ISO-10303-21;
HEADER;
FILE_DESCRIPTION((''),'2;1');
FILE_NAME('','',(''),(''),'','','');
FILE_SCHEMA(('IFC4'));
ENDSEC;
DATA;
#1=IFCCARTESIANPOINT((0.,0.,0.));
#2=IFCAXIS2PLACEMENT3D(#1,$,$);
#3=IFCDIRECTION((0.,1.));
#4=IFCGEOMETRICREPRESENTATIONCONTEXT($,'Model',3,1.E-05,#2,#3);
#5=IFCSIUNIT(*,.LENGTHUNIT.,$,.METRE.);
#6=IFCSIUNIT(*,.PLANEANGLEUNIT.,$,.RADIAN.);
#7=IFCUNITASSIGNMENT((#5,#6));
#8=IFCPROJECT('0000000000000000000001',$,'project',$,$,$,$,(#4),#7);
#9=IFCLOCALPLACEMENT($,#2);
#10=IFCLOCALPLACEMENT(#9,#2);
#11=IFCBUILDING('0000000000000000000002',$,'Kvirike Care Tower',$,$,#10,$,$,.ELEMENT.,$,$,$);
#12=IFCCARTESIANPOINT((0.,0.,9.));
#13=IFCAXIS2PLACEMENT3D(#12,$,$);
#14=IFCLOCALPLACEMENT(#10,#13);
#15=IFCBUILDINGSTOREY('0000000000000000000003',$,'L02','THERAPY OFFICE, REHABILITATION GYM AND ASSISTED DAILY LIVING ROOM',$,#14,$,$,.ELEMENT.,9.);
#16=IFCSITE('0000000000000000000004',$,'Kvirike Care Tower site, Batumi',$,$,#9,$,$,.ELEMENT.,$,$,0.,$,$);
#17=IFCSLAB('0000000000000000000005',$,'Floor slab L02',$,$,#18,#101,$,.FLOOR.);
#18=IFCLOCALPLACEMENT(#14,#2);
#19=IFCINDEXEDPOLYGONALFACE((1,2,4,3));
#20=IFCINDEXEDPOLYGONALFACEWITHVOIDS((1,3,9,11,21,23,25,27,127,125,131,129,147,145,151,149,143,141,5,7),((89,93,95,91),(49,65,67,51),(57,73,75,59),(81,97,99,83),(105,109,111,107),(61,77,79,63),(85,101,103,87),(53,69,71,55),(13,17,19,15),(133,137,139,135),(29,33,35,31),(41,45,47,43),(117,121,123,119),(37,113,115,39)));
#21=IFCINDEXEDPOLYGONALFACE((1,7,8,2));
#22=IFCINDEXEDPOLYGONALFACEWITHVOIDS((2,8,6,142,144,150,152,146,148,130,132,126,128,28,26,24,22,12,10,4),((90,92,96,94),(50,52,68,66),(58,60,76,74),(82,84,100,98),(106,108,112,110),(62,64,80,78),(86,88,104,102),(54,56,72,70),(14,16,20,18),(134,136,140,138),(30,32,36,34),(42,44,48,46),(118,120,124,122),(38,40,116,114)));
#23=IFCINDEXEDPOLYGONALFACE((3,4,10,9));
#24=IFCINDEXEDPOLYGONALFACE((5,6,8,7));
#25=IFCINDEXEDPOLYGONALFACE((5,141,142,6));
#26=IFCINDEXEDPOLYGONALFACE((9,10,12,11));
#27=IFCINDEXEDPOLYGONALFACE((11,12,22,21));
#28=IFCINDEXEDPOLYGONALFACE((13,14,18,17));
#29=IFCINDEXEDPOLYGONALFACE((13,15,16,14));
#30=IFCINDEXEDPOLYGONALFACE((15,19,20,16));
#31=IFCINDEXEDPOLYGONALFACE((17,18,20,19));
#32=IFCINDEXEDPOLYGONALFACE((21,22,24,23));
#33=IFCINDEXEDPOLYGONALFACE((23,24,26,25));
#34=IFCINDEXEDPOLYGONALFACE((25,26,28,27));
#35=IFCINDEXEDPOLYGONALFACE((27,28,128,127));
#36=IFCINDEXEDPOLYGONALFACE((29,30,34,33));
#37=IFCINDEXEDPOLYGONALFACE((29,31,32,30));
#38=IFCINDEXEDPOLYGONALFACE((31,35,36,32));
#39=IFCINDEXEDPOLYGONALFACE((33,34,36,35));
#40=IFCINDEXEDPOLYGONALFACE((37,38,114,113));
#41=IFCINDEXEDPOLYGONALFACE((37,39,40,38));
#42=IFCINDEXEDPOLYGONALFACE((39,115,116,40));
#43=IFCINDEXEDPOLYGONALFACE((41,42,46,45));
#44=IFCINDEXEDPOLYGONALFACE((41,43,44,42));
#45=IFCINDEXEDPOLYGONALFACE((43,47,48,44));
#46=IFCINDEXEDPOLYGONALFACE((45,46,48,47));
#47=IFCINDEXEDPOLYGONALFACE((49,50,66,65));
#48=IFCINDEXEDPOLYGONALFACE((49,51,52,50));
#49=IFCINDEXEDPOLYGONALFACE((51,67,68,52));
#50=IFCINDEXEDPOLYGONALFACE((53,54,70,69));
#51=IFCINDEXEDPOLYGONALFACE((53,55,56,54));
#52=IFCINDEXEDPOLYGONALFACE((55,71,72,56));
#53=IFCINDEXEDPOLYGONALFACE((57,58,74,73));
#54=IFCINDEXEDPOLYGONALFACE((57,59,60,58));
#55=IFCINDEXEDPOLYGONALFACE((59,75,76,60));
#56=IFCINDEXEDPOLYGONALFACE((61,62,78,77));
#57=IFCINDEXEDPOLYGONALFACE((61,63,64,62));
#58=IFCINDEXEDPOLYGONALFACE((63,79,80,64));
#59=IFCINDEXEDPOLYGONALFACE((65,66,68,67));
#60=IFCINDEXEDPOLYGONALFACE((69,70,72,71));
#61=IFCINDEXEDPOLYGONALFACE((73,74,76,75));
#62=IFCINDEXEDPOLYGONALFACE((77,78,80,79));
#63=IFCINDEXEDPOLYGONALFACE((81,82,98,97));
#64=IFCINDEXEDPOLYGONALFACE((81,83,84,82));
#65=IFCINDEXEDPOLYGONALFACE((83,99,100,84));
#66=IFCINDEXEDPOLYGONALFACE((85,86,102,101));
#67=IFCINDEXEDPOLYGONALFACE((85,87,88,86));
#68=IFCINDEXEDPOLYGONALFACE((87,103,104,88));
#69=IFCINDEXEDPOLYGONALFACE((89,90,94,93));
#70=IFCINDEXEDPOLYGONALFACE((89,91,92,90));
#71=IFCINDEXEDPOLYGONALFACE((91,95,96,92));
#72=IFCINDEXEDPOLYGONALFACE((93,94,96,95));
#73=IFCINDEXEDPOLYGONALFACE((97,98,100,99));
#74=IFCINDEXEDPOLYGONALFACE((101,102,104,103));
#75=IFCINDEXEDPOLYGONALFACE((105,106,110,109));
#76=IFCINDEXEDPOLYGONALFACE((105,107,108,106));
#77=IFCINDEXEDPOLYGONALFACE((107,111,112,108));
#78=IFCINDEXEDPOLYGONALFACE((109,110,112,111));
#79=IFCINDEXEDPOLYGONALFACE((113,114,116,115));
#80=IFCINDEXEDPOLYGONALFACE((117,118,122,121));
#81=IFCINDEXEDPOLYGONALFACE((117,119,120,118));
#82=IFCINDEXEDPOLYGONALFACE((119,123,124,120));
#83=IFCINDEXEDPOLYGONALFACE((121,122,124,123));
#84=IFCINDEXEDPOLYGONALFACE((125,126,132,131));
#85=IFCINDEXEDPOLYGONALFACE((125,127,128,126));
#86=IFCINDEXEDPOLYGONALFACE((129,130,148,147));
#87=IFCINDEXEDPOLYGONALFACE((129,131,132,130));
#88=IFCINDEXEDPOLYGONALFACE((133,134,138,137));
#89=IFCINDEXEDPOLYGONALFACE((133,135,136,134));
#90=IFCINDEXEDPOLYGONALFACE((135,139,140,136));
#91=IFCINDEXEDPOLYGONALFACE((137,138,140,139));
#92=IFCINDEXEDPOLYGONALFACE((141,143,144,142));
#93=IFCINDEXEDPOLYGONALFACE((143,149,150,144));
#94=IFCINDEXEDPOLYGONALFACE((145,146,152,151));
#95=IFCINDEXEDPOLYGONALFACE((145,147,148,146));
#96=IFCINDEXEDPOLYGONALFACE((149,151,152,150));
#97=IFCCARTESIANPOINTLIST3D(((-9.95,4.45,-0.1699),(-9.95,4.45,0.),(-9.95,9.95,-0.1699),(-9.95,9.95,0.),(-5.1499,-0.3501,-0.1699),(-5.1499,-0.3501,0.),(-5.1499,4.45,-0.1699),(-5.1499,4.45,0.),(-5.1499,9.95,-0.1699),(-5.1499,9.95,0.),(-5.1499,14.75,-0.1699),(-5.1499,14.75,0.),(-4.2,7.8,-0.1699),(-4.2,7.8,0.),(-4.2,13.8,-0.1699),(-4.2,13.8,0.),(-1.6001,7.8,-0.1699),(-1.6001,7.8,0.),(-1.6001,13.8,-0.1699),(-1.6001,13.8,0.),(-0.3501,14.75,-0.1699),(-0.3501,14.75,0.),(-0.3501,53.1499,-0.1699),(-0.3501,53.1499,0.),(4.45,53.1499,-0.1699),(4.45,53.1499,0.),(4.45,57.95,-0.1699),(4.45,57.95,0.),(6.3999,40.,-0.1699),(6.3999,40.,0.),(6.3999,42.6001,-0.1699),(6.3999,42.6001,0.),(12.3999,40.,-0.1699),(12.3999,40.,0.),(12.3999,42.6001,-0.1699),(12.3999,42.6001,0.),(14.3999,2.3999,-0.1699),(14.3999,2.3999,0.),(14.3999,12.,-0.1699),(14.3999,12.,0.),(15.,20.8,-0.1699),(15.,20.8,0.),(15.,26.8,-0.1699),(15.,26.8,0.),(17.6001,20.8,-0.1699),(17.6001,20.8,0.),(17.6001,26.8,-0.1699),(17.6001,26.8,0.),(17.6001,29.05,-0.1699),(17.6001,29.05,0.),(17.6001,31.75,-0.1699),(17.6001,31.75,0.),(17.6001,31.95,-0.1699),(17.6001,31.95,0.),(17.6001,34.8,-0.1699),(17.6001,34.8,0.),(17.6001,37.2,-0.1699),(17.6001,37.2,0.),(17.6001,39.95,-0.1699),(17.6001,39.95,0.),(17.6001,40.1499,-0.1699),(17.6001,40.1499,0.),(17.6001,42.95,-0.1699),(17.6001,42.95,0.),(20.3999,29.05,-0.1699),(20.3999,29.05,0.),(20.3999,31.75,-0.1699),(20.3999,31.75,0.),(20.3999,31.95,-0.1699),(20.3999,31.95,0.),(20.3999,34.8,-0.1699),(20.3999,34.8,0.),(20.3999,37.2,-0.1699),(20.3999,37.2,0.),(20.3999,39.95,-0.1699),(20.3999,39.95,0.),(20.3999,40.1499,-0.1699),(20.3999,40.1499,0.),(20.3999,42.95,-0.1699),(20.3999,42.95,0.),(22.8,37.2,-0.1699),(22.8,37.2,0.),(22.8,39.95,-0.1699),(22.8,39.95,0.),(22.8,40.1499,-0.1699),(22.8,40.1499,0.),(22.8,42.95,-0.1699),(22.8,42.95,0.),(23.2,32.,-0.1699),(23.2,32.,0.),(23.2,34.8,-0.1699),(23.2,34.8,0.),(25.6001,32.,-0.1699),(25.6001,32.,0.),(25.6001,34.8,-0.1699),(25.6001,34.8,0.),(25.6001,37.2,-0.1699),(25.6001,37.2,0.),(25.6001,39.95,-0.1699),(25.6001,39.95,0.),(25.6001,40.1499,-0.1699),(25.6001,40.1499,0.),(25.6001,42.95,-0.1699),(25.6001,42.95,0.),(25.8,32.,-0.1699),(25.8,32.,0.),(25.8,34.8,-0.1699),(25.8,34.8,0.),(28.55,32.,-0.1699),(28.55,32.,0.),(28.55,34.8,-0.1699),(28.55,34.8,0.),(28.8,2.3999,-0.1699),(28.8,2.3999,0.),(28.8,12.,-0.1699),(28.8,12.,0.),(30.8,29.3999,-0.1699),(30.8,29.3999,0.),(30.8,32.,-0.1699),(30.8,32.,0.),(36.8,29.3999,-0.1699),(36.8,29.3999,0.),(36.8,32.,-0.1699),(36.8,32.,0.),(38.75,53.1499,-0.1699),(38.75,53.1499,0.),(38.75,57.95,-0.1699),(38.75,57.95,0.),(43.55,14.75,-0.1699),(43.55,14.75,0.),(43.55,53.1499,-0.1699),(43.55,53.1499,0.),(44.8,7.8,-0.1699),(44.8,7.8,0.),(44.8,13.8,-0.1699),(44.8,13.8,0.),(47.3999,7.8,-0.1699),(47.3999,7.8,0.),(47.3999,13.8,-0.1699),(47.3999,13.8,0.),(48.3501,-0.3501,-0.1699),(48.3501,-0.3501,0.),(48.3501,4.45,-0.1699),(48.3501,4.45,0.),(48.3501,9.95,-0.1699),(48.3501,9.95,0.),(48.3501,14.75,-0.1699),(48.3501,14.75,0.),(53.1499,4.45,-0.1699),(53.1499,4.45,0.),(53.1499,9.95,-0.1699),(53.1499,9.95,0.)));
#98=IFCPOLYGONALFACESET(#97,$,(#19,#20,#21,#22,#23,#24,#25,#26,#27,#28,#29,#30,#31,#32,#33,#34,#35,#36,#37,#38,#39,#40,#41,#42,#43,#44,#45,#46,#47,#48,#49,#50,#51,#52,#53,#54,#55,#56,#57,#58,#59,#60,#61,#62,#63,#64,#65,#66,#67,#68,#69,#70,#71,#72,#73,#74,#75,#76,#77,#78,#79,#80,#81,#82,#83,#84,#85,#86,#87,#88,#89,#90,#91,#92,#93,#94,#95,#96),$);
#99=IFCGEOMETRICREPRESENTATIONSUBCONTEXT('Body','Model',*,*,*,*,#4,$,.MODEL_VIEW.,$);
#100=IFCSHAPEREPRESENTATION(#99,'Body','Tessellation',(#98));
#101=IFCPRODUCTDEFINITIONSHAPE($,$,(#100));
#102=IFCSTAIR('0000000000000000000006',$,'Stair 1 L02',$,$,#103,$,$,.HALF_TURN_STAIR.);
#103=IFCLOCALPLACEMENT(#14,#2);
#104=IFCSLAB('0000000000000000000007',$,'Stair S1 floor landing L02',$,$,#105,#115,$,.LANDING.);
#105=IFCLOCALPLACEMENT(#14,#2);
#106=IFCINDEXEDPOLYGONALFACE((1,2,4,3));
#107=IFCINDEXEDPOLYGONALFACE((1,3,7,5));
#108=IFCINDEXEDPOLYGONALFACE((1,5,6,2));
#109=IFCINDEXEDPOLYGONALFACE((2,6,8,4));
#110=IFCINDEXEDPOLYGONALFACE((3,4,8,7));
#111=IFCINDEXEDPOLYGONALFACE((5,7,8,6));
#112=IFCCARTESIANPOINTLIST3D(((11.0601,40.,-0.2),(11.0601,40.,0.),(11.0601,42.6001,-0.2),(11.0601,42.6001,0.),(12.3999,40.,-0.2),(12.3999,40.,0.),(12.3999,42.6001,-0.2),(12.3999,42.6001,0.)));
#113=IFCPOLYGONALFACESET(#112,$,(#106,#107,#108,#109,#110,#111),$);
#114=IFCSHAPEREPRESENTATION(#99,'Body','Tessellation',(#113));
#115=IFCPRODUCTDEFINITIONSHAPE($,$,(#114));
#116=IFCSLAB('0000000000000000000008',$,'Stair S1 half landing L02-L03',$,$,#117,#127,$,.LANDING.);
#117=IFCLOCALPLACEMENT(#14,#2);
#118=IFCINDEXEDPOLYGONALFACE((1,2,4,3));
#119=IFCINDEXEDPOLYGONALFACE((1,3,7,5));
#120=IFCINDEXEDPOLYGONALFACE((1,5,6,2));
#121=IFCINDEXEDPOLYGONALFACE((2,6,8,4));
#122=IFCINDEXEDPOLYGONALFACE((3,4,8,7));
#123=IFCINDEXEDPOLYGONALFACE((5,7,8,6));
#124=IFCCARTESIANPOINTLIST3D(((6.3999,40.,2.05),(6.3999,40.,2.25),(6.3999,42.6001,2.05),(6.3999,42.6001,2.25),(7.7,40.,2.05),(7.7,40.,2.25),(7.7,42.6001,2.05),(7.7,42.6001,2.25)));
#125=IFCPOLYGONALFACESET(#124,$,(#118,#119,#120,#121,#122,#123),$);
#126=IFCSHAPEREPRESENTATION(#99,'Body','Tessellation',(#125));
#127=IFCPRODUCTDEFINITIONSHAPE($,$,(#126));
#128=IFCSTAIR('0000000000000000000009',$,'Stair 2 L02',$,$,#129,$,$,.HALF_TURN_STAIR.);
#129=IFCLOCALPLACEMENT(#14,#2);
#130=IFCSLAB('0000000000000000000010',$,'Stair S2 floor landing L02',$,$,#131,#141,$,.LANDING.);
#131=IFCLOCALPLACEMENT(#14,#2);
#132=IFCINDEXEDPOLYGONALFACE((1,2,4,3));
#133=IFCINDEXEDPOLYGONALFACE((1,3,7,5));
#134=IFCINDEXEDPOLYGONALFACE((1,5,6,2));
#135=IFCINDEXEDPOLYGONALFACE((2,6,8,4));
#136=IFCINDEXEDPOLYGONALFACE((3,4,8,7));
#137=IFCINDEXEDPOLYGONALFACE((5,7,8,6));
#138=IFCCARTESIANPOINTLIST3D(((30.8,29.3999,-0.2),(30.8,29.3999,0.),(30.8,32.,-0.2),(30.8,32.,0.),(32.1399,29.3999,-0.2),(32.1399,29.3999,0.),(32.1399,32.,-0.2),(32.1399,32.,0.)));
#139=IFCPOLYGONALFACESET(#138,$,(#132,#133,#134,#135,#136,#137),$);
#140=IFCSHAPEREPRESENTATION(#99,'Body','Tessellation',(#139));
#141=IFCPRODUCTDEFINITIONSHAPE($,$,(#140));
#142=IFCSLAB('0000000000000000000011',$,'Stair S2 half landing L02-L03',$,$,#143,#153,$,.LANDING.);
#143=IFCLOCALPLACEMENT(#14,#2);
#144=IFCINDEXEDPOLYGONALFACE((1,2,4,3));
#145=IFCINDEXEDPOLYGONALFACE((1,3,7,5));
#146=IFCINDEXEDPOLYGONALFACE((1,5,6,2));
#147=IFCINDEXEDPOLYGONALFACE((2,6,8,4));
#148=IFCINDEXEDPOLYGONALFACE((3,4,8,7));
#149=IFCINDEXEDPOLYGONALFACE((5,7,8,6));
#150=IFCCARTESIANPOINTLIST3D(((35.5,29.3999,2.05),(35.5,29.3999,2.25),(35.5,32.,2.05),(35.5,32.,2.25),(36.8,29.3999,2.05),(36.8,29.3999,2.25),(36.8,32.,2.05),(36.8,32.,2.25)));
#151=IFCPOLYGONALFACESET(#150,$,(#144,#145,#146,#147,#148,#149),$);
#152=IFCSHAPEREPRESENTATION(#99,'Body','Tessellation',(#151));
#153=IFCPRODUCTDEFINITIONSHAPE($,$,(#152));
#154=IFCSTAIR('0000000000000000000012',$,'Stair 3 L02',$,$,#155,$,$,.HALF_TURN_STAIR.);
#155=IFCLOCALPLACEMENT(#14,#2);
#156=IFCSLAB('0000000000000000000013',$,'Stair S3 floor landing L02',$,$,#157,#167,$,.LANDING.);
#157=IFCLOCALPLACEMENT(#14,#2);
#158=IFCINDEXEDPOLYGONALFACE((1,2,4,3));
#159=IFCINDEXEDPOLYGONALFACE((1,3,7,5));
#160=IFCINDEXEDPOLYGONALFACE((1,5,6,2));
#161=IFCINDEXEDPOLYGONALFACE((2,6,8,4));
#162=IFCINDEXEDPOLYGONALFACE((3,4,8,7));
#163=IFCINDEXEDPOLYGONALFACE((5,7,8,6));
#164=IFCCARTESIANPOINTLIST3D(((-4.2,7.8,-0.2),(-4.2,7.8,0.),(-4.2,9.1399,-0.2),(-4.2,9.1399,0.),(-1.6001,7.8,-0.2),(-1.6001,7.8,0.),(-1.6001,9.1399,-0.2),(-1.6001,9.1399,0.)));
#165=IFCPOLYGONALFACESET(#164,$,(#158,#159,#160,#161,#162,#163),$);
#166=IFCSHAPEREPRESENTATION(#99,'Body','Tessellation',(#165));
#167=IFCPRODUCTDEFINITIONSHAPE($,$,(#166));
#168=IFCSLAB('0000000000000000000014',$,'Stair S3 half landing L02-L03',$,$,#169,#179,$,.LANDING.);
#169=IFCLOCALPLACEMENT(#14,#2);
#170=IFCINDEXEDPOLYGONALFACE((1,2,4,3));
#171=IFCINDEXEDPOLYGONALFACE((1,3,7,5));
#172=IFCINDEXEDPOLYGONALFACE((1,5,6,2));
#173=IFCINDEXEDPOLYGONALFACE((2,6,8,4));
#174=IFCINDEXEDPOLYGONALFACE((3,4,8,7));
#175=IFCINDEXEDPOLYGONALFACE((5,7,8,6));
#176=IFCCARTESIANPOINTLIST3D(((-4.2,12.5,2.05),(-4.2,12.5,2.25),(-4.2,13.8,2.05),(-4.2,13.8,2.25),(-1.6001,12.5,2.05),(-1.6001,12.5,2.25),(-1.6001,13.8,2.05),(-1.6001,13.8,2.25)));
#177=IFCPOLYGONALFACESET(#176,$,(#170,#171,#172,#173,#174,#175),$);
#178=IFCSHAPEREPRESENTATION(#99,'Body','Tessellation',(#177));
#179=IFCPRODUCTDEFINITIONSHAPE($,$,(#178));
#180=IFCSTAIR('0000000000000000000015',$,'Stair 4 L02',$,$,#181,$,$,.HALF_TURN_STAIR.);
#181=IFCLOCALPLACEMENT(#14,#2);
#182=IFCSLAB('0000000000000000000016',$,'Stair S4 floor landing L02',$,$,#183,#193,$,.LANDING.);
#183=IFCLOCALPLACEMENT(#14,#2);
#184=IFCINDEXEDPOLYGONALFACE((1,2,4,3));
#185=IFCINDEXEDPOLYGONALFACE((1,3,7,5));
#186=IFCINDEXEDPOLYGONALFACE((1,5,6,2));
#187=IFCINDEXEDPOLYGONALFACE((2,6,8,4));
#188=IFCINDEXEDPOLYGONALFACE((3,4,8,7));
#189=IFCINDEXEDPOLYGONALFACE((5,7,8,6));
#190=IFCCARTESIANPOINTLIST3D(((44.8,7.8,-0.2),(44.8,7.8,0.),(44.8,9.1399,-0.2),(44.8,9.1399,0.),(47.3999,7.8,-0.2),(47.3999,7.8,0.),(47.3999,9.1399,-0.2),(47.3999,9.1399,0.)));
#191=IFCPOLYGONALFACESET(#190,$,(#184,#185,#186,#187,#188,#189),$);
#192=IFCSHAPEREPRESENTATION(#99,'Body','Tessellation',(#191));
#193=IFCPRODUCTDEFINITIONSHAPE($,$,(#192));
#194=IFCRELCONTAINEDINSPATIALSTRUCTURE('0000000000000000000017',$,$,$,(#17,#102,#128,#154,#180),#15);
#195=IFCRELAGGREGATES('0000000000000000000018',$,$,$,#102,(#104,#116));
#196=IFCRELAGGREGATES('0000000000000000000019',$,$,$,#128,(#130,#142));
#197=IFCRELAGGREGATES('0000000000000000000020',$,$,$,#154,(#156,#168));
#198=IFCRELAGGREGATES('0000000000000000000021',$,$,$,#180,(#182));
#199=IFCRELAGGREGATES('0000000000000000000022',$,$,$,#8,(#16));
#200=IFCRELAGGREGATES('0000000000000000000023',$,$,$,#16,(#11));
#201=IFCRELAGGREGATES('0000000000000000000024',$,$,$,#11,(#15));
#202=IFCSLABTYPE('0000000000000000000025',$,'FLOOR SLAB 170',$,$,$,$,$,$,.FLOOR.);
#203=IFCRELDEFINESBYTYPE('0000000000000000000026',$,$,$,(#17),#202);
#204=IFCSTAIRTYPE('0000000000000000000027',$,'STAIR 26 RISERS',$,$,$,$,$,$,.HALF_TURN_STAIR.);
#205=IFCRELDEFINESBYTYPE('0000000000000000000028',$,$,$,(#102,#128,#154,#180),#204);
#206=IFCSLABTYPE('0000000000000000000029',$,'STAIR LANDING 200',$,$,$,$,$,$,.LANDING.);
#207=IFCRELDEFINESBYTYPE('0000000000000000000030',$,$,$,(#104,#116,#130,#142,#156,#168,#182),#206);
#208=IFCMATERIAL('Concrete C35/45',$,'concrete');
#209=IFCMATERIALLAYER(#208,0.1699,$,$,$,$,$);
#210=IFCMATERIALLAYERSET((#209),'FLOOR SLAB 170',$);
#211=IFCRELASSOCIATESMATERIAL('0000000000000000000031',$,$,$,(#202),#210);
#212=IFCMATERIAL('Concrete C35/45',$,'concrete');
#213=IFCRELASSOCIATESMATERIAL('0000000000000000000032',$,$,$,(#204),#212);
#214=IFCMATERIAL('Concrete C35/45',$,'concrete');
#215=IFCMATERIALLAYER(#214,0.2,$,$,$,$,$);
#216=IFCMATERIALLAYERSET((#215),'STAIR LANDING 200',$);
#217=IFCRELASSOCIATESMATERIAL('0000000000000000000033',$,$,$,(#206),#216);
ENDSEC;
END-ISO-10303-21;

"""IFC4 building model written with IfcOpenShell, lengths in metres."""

from ifc_helpers import new_model, si_unit, direction, frame, origin, place, context, subcontext, project, spatial, polyline, outline, extrude, material, layer, layer_set, type_object, element, aggregate, save


model = new_model("IFC4")

# Units and contexts
model_context = context("Model", 3, precision=1e-05, world=origin(), true_north=direction((0.0, 1.0)))
body_context = subcontext(model_context, "Body", "Model", "MODEL_VIEW")
ifc_project = project(units=[si_unit("LENGTHUNIT", "METRE"), si_unit("PLANEANGLEUNIT", "RADIAN")], contexts=[model_context])

# Site, building, storey
site_placement = place(None, origin())
site = spatial("IfcSite", under=ifc_project, at=site_placement, Name="Kvirike Care Tower site, Batumi", CompositionType="ELEMENT", RefElevation=0.0)
building_placement = place(site_placement, origin())
building = spatial("IfcBuilding", under=site, at=building_placement, Name="Kvirike Care Tower", CompositionType="ELEMENT")
storey_placement = place(building_placement, frame((0.0, 0.0, 9.0)))
storey = spatial("IfcBuildingStorey", under=building, at=storey_placement, Name="L02", Description="THERAPY OFFICE, REHABILITATION GYM AND ASSISTED DAILY LIVING ROOM", CompositionType="ELEMENT", Elevation=9.0)

# Slab
ifc_material_1 = material(Name="Concrete C35/45", Category="concrete")
ifc_layer_1 = layer(ifc_material_1, 0.1699)
ifc_layer_set_1 = layer_set([ifc_layer_1], Name="FLOOR SLAB 170")
slab_type_1 = type_object("IfcSlabType", Name="FLOOR SLAB 170", PredefinedType="FLOOR", material=ifc_layer_set_1)
slab_1_placement = place(storey_placement, frame((0.0, 0.0, -0.1699)))
element("IfcSlab", 1, at=slab_1_placement, inside=storey, type_object=slab_type_1, Name="Floor slab L02", PredefinedType="FLOOR", context=body_context, shape_type="SweptSolid", body=[
    extrude(outline(polyline([(-5.1499, -0.3501), (48.3501, -0.3501), (48.3501, 4.45), (53.1499, 4.45), (53.1499, 9.95), (48.3501, 9.95), (48.3501, 14.75), (43.55, 14.75), (43.55, 53.1499), (38.75, 53.1499), (38.75, 57.95), (4.45, 57.95), (4.45, 53.1499), (-0.3501, 53.1499), (-0.3501, 14.75), (-5.1499, 14.75), (-5.1499, 9.95), (-9.95, 9.95), (-9.95, 4.45), (-5.1499, 4.45), (-5.1499, -0.3501)]), holes=[polyline([(17.6001, 29.05), (17.6001, 31.75), (20.3999, 31.75), (20.3999, 29.05), (17.6001, 29.05)]), polyline([(17.6001, 31.95), (17.6001, 34.8), (20.3999, 34.8), (20.3999, 31.95), (17.6001, 31.95)]), polyline([(17.6001, 37.2), (17.6001, 39.95), (20.3999, 39.95), (20.3999, 37.2), (17.6001, 37.2)]), polyline([(17.6001, 40.1499), (17.6001, 42.95), (20.3999, 42.95), (20.3999, 40.1499), (17.6001, 40.1499)]), polyline([(22.8, 37.2), (22.8, 39.95), (25.6001, 39.95), (25.6001, 37.2), (22.8, 37.2)]), polyline([(22.8, 40.1499), (22.8, 42.95), (25.6001, 42.95), (25.6001, 40.1499), (22.8, 40.1499)]), polyline([(23.2, 32.0), (23.2, 34.8), (25.6001, 34.8), (25.6001, 32.0), (23.2, 32.0)]), polyline([(25.8, 32.0), (25.8, 34.8), (28.55, 34.8), (28.55, 32.0), (25.8, 32.0)]), polyline([(14.3999, 2.3999), (14.3999, 12.0), (28.8, 12.0), (28.8, 2.3999), (14.3999, 2.3999)]), polyline([(12.3999, 42.6001), (12.3999, 40.0), (6.3999, 40.0), (6.3999, 42.6001), (12.3999, 42.6001)]), polyline([(30.8, 29.3999), (30.8, 32.0), (36.8, 32.0), (36.8, 29.3999), (30.8, 29.3999)]), polyline([(-1.6001, 13.8), (-1.6001, 7.8), (-4.2, 7.8), (-4.2, 13.8), (-1.6001, 13.8)]), polyline([(47.3999, 13.8), (47.3999, 7.8), (44.8, 7.8), (44.8, 13.8), (47.3999, 13.8)]), polyline([(15.0, 26.8), (17.6001, 26.8), (17.6001, 20.8), (15.0, 20.8), (15.0, 26.8)])]), origin(), (0.0, 0.0, 1.0), 0.1699),
])

# Stairs, slabs
ifc_material_2 = material(Name="Concrete C35/45", Category="concrete")
stair_type = type_object("IfcStairType", Name="STAIR 26 RISERS", PredefinedType="HALF_TURN_STAIR", material=ifc_material_2)
stair_1_placement = place(storey_placement, origin())
stair_1 = element("IfcStair", 2, at=stair_1_placement, inside=storey, type_object=stair_type, Name="Stair 1 L02", PredefinedType="HALF_TURN_STAIR")
ifc_material_3 = material(Name="Concrete C35/45", Category="concrete")
ifc_layer_2 = layer(ifc_material_3, 0.2)
ifc_layer_set_2 = layer_set([ifc_layer_2], Name="STAIR LANDING 200")
slab_type_2 = type_object("IfcSlabType", Name="STAIR LANDING 200", PredefinedType="LANDING", material=ifc_layer_set_2)
slab_2_placement = place(storey_placement, frame((0.0, 0.0, -0.2)))
slab_2 = element("IfcSlab", 3, at=slab_2_placement, type_object=slab_type_2, Name="Stair S1 floor landing L02", PredefinedType="LANDING", context=body_context, shape_type="SweptSolid", body=[
    extrude(outline(polyline([(11.0601, 42.6001), (11.0601, 40.0), (12.3999, 40.0), (12.3999, 42.6001), (11.0601, 42.6001)])), origin(), (0.0, 0.0, 1.0), 0.2),
])
slab_3_placement = place(storey_placement, frame((0.0, 0.0, 2.05)))
slab_3 = element("IfcSlab", 4, at=slab_3_placement, type_object=slab_type_2, Name="Stair S1 half landing L02-L03", PredefinedType="LANDING", context=body_context, shape_type="SweptSolid", body=[
    extrude(outline(polyline([(6.3999, 42.6001), (6.3999, 40.0), (7.7, 40.0), (7.7, 42.6001), (6.3999, 42.6001)])), origin(), (0.0, 0.0, 1.0), 0.2),
])
aggregate(stair_1, [slab_2, slab_3])
stair_2_placement = place(storey_placement, origin())
stair_2 = element("IfcStair", 5, at=stair_2_placement, inside=storey, type_object=stair_type, Name="Stair 2 L02", PredefinedType="HALF_TURN_STAIR")
slab_4_placement = place(storey_placement, frame((0.0, 0.0, -0.2)))
slab_4 = element("IfcSlab", 6, at=slab_4_placement, type_object=slab_type_2, Name="Stair S2 floor landing L02", PredefinedType="LANDING", context=body_context, shape_type="SweptSolid", body=[
    extrude(outline(polyline([(32.1399, 29.3999), (32.1399, 32.0), (30.8, 32.0), (30.8, 29.3999), (32.1399, 29.3999)])), origin(), (0.0, 0.0, 1.0), 0.2),
])
slab_5_placement = place(storey_placement, frame((0.0, 0.0, 2.05)))
slab_5 = element("IfcSlab", 7, at=slab_5_placement, type_object=slab_type_2, Name="Stair S2 half landing L02-L03", PredefinedType="LANDING", context=body_context, shape_type="SweptSolid", body=[
    extrude(outline(polyline([(36.8, 29.3999), (36.8, 32.0), (35.5, 32.0), (35.5, 29.3999), (36.8, 29.3999)])), origin(), (0.0, 0.0, 1.0), 0.2),
])
aggregate(stair_2, [slab_4, slab_5])
stair_3_placement = place(storey_placement, origin())
stair_3 = element("IfcStair", 8, at=stair_3_placement, inside=storey, type_object=stair_type, Name="Stair 3 L02", PredefinedType="HALF_TURN_STAIR")
slab_6_placement = place(storey_placement, frame((0.0, 0.0, -0.2)))
slab_6 = element("IfcSlab", 9, at=slab_6_placement, type_object=slab_type_2, Name="Stair S3 floor landing L02", PredefinedType="LANDING", context=body_context, shape_type="SweptSolid", body=[
    extrude(outline(polyline([(-4.2, 7.8), (-1.6001, 7.8), (-1.6001, 9.1399), (-4.2, 9.1399), (-4.2, 7.8)])), origin(), (0.0, 0.0, 1.0), 0.2),
])
slab_7_placement = place(storey_placement, frame((0.0, 0.0, 2.05)))
slab_7 = element("IfcSlab", 10, at=slab_7_placement, type_object=slab_type_2, Name="Stair S3 half landing L02-L03", PredefinedType="LANDING", context=body_context, shape_type="SweptSolid", body=[
    extrude(outline(polyline([(-4.2, 12.5), (-1.6001, 12.5), (-1.6001, 13.8), (-4.2, 13.8), (-4.2, 12.5)])), origin(), (0.0, 0.0, 1.0), 0.2),
])
aggregate(stair_3, [slab_6, slab_7])
stair_4_placement = place(storey_placement, origin())
stair_4 = element("IfcStair", 11, at=stair_4_placement, inside=storey, type_object=stair_type, Name="Stair 4 L02", PredefinedType="HALF_TURN_STAIR")
slab_8_placement = place(storey_placement, frame((0.0, 0.0, -0.2)))
slab_8 = element("IfcSlab", 12, at=slab_8_placement, type_object=slab_type_2, Name="Stair S4 floor landing L02", PredefinedType="LANDING", context=body_context, shape_type="SweptSolid", body=[
    extrude(outline(polyline([(44.8, 7.8), (47.3999, 7.8), (47.3999, 9.1399), (44.8, 9.1399), (44.8, 7.8)])), origin(), (0.0, 0.0, 1.0), 0.2),
])
aggregate(stair_4, [slab_8])

save(model, "model.ifc")
